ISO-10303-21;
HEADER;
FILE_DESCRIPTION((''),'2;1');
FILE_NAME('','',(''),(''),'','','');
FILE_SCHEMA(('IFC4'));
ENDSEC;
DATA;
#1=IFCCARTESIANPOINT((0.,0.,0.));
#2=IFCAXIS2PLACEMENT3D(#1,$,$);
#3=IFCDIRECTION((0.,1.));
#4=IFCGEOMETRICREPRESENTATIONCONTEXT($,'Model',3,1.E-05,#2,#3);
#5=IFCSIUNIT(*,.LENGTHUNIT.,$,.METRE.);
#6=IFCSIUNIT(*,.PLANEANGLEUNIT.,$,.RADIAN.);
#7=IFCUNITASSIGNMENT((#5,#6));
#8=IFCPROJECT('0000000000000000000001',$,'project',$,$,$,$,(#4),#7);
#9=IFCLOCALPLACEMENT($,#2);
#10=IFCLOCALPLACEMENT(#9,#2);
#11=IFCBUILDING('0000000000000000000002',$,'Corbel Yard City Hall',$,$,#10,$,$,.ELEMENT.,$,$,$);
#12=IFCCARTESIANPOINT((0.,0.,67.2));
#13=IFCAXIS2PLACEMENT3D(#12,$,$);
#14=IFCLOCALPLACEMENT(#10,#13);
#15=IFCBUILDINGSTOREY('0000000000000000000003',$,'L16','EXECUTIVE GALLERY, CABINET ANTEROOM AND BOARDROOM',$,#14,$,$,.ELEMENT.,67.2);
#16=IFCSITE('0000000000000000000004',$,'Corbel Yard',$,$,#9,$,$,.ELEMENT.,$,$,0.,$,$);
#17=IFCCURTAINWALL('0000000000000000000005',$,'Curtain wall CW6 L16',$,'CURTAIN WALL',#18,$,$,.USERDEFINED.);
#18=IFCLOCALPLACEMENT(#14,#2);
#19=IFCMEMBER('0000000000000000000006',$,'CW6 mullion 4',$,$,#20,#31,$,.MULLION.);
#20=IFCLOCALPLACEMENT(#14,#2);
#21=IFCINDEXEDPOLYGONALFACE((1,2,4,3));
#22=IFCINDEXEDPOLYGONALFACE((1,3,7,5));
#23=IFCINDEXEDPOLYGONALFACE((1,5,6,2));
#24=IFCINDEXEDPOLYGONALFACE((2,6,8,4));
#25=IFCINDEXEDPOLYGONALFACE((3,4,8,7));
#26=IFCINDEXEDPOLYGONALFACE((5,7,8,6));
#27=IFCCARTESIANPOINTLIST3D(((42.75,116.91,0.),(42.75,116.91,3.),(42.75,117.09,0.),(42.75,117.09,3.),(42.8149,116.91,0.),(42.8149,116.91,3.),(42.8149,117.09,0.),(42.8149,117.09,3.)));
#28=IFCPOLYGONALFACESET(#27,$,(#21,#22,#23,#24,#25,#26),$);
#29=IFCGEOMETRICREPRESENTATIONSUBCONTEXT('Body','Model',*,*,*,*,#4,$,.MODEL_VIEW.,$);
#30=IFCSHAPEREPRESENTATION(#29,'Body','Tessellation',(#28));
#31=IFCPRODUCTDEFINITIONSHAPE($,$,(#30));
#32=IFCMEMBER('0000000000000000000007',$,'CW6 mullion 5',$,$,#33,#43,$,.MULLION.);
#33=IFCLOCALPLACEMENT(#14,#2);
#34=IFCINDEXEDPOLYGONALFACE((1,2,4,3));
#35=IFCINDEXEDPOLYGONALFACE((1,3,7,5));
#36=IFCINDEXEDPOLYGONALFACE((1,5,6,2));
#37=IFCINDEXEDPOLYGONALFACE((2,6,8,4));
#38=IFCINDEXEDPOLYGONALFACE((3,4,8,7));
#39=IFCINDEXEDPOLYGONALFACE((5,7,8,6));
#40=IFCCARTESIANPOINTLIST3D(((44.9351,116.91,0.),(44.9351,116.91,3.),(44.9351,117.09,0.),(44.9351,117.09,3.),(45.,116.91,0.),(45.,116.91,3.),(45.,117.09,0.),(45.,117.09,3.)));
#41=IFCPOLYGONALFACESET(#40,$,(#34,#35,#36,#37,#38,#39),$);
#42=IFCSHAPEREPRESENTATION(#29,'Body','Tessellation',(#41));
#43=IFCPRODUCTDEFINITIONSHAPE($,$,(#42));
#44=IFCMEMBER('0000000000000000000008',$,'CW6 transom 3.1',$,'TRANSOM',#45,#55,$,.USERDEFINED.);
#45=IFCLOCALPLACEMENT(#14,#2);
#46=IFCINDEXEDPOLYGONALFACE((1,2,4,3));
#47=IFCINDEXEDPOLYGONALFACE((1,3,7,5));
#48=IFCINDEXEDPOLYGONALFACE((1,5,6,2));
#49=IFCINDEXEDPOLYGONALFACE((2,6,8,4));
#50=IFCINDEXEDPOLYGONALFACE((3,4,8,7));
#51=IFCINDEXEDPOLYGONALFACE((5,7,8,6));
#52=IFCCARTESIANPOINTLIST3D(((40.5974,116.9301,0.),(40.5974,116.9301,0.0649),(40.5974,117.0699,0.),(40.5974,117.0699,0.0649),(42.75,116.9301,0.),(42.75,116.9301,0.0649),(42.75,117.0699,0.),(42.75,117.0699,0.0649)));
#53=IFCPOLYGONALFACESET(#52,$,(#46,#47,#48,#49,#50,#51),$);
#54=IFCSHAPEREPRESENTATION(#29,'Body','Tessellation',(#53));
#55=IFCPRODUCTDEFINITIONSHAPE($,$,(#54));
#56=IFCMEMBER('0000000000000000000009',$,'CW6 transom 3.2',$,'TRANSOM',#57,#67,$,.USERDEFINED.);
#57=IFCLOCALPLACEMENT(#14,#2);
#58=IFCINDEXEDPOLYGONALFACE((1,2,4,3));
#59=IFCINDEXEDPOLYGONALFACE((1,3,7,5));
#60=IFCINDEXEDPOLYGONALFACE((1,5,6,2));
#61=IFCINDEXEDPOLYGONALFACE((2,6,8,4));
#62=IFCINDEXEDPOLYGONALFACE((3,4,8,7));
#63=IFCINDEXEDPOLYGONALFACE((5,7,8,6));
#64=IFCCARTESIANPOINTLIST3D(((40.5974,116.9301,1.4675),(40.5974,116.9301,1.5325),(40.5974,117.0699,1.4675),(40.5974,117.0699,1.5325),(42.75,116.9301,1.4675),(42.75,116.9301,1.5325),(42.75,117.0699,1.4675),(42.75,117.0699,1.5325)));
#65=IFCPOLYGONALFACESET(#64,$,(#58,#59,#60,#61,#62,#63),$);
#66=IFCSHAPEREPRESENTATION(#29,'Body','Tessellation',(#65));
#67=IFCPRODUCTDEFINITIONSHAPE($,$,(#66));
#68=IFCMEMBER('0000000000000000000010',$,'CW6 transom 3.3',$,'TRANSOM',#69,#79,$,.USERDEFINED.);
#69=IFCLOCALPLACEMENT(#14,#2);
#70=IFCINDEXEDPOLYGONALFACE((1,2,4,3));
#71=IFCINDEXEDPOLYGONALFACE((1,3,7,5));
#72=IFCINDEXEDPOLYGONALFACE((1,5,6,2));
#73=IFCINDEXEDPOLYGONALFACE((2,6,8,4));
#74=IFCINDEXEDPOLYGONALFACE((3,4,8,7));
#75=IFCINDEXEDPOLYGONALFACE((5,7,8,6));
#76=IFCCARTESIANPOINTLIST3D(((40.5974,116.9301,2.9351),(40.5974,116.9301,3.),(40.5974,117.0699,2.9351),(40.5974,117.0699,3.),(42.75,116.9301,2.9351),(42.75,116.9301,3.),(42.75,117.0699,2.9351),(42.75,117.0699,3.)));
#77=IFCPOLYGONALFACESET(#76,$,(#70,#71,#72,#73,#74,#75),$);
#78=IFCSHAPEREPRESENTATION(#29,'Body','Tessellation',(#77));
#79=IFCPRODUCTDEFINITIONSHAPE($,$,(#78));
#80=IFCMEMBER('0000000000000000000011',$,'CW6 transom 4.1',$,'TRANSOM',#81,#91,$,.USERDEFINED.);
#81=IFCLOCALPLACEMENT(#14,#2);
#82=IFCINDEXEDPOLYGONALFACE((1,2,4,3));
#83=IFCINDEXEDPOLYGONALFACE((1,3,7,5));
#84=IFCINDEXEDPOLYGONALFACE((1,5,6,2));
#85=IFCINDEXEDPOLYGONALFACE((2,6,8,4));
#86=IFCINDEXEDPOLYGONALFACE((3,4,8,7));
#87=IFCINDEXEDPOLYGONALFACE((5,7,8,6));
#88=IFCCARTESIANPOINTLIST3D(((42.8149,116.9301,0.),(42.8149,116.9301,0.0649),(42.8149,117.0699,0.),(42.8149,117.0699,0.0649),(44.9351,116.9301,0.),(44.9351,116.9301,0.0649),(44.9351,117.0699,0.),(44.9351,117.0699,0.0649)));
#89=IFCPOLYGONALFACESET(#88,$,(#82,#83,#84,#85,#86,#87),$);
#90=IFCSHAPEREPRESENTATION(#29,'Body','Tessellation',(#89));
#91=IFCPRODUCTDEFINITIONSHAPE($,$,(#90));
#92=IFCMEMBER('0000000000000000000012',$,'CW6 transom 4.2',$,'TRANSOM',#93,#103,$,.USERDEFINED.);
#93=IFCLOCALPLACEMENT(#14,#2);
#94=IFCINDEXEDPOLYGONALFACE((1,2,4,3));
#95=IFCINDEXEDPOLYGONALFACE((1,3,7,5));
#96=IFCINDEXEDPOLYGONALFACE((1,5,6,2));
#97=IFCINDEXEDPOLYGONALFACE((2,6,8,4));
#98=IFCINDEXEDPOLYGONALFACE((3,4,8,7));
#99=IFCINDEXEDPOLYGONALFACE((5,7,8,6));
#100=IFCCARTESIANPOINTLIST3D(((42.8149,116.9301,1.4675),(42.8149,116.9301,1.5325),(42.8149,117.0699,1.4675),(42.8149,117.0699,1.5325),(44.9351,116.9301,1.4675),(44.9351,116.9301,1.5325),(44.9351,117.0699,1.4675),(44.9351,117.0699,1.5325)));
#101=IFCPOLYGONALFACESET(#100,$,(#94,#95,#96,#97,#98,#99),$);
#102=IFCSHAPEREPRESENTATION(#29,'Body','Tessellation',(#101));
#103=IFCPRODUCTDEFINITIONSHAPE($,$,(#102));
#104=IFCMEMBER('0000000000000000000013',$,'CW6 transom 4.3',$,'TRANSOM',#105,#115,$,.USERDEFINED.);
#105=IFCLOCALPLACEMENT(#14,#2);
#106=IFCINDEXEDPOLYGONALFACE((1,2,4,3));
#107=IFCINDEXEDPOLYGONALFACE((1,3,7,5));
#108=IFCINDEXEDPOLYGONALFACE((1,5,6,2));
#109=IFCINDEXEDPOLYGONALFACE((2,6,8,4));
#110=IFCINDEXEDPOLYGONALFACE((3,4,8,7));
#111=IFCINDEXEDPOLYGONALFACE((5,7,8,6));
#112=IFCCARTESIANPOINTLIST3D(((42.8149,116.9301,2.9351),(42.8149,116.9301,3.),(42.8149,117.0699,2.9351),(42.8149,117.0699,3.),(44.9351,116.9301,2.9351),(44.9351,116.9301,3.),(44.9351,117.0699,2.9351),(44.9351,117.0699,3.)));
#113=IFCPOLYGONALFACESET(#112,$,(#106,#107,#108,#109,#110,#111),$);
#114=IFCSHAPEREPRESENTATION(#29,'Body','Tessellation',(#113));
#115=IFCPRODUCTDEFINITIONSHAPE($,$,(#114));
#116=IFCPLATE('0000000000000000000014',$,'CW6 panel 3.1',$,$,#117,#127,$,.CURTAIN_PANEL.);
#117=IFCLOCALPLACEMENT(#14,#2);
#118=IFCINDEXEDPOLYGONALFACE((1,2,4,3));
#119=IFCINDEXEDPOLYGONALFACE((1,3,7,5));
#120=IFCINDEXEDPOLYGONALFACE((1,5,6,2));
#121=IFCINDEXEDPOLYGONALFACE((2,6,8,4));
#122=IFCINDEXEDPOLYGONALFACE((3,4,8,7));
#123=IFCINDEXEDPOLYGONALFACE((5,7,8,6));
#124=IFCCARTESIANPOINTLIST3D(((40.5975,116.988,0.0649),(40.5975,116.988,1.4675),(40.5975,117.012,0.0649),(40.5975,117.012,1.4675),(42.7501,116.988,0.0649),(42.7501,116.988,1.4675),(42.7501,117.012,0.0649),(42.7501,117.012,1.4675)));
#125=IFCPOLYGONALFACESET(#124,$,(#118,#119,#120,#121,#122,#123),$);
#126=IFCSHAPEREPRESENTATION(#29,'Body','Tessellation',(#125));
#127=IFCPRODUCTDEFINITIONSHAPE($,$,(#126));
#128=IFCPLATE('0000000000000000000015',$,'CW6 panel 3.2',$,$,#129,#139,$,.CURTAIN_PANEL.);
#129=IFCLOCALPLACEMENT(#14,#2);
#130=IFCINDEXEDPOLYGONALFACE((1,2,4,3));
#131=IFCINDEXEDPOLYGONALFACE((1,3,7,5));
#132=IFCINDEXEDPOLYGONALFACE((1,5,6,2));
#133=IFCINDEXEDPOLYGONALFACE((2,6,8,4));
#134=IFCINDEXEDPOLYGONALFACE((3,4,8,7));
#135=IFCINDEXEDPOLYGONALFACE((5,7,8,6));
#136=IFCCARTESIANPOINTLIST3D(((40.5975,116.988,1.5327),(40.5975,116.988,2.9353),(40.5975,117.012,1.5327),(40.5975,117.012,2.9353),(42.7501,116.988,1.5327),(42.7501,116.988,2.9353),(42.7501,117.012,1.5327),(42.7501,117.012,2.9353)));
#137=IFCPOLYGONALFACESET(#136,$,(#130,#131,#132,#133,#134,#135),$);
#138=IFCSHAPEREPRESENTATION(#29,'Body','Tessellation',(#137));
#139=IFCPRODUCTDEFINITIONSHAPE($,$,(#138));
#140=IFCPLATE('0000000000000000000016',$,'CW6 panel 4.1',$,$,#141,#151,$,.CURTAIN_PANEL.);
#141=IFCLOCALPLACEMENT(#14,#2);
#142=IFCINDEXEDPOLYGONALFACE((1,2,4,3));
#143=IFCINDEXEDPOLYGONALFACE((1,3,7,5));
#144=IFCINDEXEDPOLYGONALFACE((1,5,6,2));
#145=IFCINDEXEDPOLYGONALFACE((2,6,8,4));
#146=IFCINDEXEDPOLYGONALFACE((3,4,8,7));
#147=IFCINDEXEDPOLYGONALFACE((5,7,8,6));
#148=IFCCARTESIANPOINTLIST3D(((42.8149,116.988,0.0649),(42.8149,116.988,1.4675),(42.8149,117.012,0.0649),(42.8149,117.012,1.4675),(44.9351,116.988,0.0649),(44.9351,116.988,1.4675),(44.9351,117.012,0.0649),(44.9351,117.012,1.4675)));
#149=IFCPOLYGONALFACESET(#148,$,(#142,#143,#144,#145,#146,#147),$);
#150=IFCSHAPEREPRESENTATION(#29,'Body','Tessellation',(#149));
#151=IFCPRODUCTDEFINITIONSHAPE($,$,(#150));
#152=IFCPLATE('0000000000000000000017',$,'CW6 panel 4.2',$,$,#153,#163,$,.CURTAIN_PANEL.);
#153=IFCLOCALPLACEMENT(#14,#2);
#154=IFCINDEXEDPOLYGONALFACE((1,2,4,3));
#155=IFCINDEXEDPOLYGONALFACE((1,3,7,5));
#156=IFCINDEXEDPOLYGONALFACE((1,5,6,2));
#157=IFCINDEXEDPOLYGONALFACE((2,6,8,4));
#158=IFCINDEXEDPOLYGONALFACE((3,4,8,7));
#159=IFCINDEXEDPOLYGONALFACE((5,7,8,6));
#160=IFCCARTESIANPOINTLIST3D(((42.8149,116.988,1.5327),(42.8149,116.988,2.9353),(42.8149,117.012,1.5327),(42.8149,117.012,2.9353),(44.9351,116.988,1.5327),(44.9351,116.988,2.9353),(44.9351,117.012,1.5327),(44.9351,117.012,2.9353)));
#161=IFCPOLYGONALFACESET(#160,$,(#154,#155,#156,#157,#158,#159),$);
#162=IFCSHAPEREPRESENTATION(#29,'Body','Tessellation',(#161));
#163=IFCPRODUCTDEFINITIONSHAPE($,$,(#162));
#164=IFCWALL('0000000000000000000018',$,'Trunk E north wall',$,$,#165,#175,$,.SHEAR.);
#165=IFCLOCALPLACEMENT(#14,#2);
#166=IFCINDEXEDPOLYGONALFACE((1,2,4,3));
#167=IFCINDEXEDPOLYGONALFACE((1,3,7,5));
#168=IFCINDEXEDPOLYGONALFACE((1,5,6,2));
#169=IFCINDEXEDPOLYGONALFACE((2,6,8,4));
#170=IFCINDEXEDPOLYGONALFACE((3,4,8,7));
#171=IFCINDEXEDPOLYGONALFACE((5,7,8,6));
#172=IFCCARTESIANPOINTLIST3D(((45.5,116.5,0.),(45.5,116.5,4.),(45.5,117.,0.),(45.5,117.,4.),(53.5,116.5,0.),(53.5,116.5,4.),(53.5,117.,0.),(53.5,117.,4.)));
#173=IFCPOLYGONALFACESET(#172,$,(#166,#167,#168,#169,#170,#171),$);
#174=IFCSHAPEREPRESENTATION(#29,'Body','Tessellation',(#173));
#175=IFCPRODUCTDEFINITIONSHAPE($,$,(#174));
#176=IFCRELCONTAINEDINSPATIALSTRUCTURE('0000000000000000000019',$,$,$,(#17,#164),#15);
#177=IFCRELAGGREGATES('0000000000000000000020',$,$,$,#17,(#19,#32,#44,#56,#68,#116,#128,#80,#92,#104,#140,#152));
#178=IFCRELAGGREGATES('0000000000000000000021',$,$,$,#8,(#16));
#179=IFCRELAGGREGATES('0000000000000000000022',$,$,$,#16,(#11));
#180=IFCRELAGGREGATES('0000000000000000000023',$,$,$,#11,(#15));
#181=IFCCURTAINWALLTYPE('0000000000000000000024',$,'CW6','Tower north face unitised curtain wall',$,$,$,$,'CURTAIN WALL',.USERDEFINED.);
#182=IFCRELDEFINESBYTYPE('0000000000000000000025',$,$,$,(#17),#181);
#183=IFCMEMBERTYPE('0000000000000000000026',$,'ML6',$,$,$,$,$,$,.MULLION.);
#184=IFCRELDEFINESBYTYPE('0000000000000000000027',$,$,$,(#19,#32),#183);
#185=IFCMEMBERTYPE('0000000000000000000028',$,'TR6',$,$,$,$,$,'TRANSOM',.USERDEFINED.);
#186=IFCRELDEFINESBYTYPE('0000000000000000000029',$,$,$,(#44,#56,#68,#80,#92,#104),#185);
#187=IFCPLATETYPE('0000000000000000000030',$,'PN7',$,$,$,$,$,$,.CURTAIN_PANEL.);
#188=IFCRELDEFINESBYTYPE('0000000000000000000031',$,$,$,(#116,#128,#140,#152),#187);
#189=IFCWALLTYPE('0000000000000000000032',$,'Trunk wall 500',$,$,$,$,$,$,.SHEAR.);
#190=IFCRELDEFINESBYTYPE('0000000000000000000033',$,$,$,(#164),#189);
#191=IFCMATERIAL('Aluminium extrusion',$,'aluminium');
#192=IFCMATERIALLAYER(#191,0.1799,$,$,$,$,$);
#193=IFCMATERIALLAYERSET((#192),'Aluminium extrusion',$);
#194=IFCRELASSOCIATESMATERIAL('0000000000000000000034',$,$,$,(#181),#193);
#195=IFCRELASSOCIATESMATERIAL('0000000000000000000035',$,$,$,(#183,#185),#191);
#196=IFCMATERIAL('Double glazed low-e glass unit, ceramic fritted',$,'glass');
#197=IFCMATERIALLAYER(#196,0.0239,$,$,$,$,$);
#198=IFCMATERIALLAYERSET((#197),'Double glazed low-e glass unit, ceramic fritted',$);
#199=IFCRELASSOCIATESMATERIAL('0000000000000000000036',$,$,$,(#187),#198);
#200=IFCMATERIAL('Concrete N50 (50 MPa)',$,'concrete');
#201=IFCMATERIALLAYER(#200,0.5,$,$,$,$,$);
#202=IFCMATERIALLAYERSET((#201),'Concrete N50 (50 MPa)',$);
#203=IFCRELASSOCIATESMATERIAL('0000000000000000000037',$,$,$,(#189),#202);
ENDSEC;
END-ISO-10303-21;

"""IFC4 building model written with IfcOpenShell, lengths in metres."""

from ifc_helpers import new_model, si_unit, direction, frame, frame_2d, origin, origin_2d, place, context, subcontext, project, spatial, rectangle, extrude, material, layer, layer_set, material_profile, profile_set, type_object, element, aggregate, save


model = new_model("IFC4")

# Units and contexts
model_context = context("Model", 3, precision=1e-05, world=origin(), true_north=direction((0.0, 1.0)))
body_context = subcontext(model_context, "Body", "Model", "MODEL_VIEW")
ifc_project = project(units=[si_unit("LENGTHUNIT", "METRE"), si_unit("PLANEANGLEUNIT", "RADIAN")], contexts=[model_context])

# Site, building, storey
site_placement = place(None, origin())
site = spatial("IfcSite", under=ifc_project, at=site_placement, Name="Corbel Yard", CompositionType="ELEMENT", RefElevation=0.0)
building_placement = place(site_placement, origin())
building = spatial("IfcBuilding", under=site, at=building_placement, Name="Corbel Yard City Hall", CompositionType="ELEMENT")
storey_placement = place(building_placement, frame((0.0, 0.0, 67.2)))
storey = spatial("IfcBuildingStorey", under=building, at=storey_placement, Name="L16", Description="EXECUTIVE GALLERY, CABINET ANTEROOM AND BOARDROOM", CompositionType="ELEMENT", Elevation=67.2)

# Curtain wall, members, plates
ifc_material_1 = material(Name="Aluminium extrusion", Category="aluminium")
ifc_layer_1 = layer(ifc_material_1, 0.1799)
ifc_layer_set_1 = layer_set([ifc_layer_1], Name="Aluminium extrusion")
curtain_wall_type = type_object("IfcCurtainWallType", Name="CW6", Description="Tower north face unitised curtain wall", ElementType="CURTAIN WALL", PredefinedType="USERDEFINED", material=ifc_layer_set_1)
curtain_wall_placement = place(storey_placement, origin())
curtain_wall = element("IfcCurtainWall", 1, at=curtain_wall_placement, inside=storey, type_object=curtain_wall_type, Name="Curtain wall CW6 L16", ObjectType="CURTAIN WALL", PredefinedType="USERDEFINED")
ifc_material_profile_1 = material_profile(ifc_material_1, rectangle(XDim=0.1799, YDim=0.0649, at=origin_2d()), Name="180x65")
ifc_profile_set_1 = profile_set([ifc_material_profile_1], Name="Aluminium extrusion")
member_type_1 = type_object("IfcMemberType", Name="ML6", PredefinedType="MULLION", material=ifc_profile_set_1)
member_1_placement = place(storey_placement, frame((42.7825, 117.0, 0.0), z_axis=(0.0, 0.0, 1.0), x_axis=(0.0, 1.0, 0.0)))
member_1 = element("IfcMember", 2, at=member_1_placement, type_object=member_type_1, Name="CW6 mullion 4", PredefinedType="MULLION", context=body_context, shape_type="SweptSolid", body=[
    extrude(rectangle(XDim=0.1799, YDim=0.0649, at=origin_2d()), origin(), (0.0, 0.0, 1.0), 3.0),
])
member_2_placement = place(storey_placement, frame((44.9675, 117.0, 0.0), z_axis=(0.0, 0.0, 1.0), x_axis=(0.0, 1.0, 0.0)))
member_2 = element("IfcMember", 3, at=member_2_placement, type_object=member_type_1, Name="CW6 mullion 5", PredefinedType="MULLION", context=body_context, shape_type="SweptSolid", body=[
    extrude(rectangle(XDim=0.1799, YDim=0.0649, at=origin_2d()), origin(), (0.0, 0.0, 1.0), 3.0),
])
ifc_material_profile_2 = material_profile(ifc_material_1, rectangle(XDim=0.1399, YDim=0.0649, at=origin_2d()), Name="140x65")
ifc_profile_set_2 = profile_set([ifc_material_profile_2], Name="Aluminium extrusion")
member_type_2 = type_object("IfcMemberType", Name="TR6", ElementType="TRANSOM", PredefinedType="USERDEFINED", material=ifc_profile_set_2)
member_3_placement = place(storey_placement, frame((40.5974, 117.0, 0.0325), z_axis=(1.0, 0.0, 0.0), x_axis=(0.0, 1.0, 0.0)))
member_3 = element("IfcMember", 4, at=member_3_placement, type_object=member_type_2, Name="CW6 transom 3.1", ObjectType="TRANSOM", PredefinedType="USERDEFINED", context=body_context, shape_type="SweptSolid", body=[
    extrude(rectangle(XDim=0.1399, YDim=0.0649, at=origin_2d()), origin(), (0.0, 0.0, 1.0), 2.1526),
])
member_4_placement = place(storey_placement, frame((40.5974, 117.0, 1.5), z_axis=(1.0, 0.0, 0.0), x_axis=(0.0, 1.0, 0.0)))
member_4 = element("IfcMember", 5, at=member_4_placement, type_object=member_type_2, Name="CW6 transom 3.2", ObjectType="TRANSOM", PredefinedType="USERDEFINED", context=body_context, shape_type="SweptSolid", body=[
    extrude(rectangle(XDim=0.1399, YDim=0.0649, at=origin_2d()), origin(), (0.0, 0.0, 1.0), 2.1526),
])
member_5_placement = place(storey_placement, frame((40.5974, 117.0, 2.9675), z_axis=(1.0, 0.0, 0.0), x_axis=(0.0, 1.0, 0.0)))
member_5 = element("IfcMember", 6, at=member_5_placement, type_object=member_type_2, Name="CW6 transom 3.3", ObjectType="TRANSOM", PredefinedType="USERDEFINED", context=body_context, shape_type="SweptSolid", body=[
    extrude(rectangle(XDim=0.1399, YDim=0.0649, at=origin_2d()), origin(), (0.0, 0.0, 1.0), 2.1526),
])
member_6_placement = place(storey_placement, frame((42.8149, 117.0, 0.0325), z_axis=(1.0, 0.0, 0.0), x_axis=(0.0, 1.0, 0.0)))
member_6 = element("IfcMember", 7, at=member_6_placement, type_object=member_type_2, Name="CW6 transom 4.1", ObjectType="TRANSOM", PredefinedType="USERDEFINED", context=body_context, shape_type="SweptSolid", body=[
    extrude(rectangle(XDim=0.1399, YDim=0.0649, at=origin_2d()), origin(), (0.0, 0.0, 1.0), 2.1201),
])
member_7_placement = place(storey_placement, frame((42.8149, 117.0, 1.5), z_axis=(1.0, 0.0, 0.0), x_axis=(0.0, 1.0, 0.0)))
member_7 = element("IfcMember", 8, at=member_7_placement, type_object=member_type_2, Name="CW6 transom 4.2", ObjectType="TRANSOM", PredefinedType="USERDEFINED", context=body_context, shape_type="SweptSolid", body=[
    extrude(rectangle(XDim=0.1399, YDim=0.0649, at=origin_2d()), origin(), (0.0, 0.0, 1.0), 2.1201),
])
member_8_placement = place(storey_placement, frame((42.8149, 117.0, 2.9675), z_axis=(1.0, 0.0, 0.0), x_axis=(0.0, 1.0, 0.0)))
member_8 = element("IfcMember", 9, at=member_8_placement, type_object=member_type_2, Name="CW6 transom 4.3", ObjectType="TRANSOM", PredefinedType="USERDEFINED", context=body_context, shape_type="SweptSolid", body=[
    extrude(rectangle(XDim=0.1399, YDim=0.0649, at=origin_2d()), origin(), (0.0, 0.0, 1.0), 2.1201),
])
ifc_material_2 = material(Name="Double glazed low-e glass unit, ceramic fritted", Category="glass")
ifc_layer_2 = layer(ifc_material_2, 0.0239)
ifc_layer_set_2 = layer_set([ifc_layer_2], Name="Double glazed low-e glass unit, ceramic fritted")
plate_type = type_object("IfcPlateType", Name="PN7", PredefinedType="CURTAIN_PANEL", material=ifc_layer_set_2)
plate_1_placement = place(storey_placement, frame((41.6738, 117.0, 0.0649), z_axis=(0.0, 0.0, 1.0), x_axis=(1.0, 0.0, 0.0)))
plate_1 = element("IfcPlate", 10, at=plate_1_placement, type_object=plate_type, Name="CW6 panel 3.1", PredefinedType="CURTAIN_PANEL", context=body_context, shape_type="SweptSolid", body=[
    extrude(rectangle(XDim=2.1526, YDim=0.0239, at=origin_2d()), origin(), (0.0, 0.0, 1.0), 1.4026),
])
plate_2_placement = place(storey_placement, frame((41.6738, 117.0, 1.5327), z_axis=(0.0, 0.0, 1.0), x_axis=(1.0, 0.0, 0.0)))
plate_2 = element("IfcPlate", 11, at=plate_2_placement, type_object=plate_type, Name="CW6 panel 3.2", PredefinedType="CURTAIN_PANEL", context=body_context, shape_type="SweptSolid", body=[
    extrude(rectangle(XDim=2.1526, YDim=0.0239, at=origin_2d()), origin(), (0.0, 0.0, 1.0), 1.4026),
])
plate_3_placement = place(storey_placement, frame((43.875, 117.0, 0.0649), z_axis=(0.0, 0.0, 1.0), x_axis=(1.0, 0.0, 0.0)))
plate_3 = element("IfcPlate", 12, at=plate_3_placement, type_object=plate_type, Name="CW6 panel 4.1", PredefinedType="CURTAIN_PANEL", context=body_context, shape_type="SweptSolid", body=[
    extrude(rectangle(XDim=2.1201, YDim=0.0239, at=origin_2d()), origin(), (0.0, 0.0, 1.0), 1.4026),
])
plate_4_placement = place(storey_placement, frame((43.875, 117.0, 1.5327), z_axis=(0.0, 0.0, 1.0), x_axis=(1.0, 0.0, 0.0)))
plate_4 = element("IfcPlate", 13, at=plate_4_placement, type_object=plate_type, Name="CW6 panel 4.2", PredefinedType="CURTAIN_PANEL", context=body_context, shape_type="SweptSolid", body=[
    extrude(rectangle(XDim=2.1201, YDim=0.0239, at=origin_2d()), origin(), (0.0, 0.0, 1.0), 1.4026),
])
aggregate(curtain_wall, [member_1, member_2, member_3, member_4, member_5, plate_1, plate_2, member_6, member_7, member_8, plate_3, plate_4])

# Wall
ifc_material_3 = material(Name="Concrete N50 (50 MPa)", Category="concrete")
ifc_layer_3 = layer(ifc_material_3, 0.5)
ifc_layer_set_3 = layer_set([ifc_layer_3], Name="Concrete N50 (50 MPa)")
wall_type = type_object("IfcWallType", Name="Trunk wall 500", PredefinedType="SHEAR", material=ifc_layer_set_3)
wall_placement = place(storey_placement, frame((45.5, 116.75, 0.0), z_axis=(0.0, 0.0, 1.0), x_axis=(1.0, 0.0, 0.0)))
element("IfcWall", 14, at=wall_placement, inside=storey, type_object=wall_type, Name="Trunk E north wall", PredefinedType="SHEAR", context=body_context, shape_type="SweptSolid", body=[
    extrude(rectangle(XDim=8.0, YDim=0.5, at=frame_2d((4.0, 0.0))), origin(), (0.0, 0.0, 1.0), 4.0),
])

save(model, "model.ifc")
